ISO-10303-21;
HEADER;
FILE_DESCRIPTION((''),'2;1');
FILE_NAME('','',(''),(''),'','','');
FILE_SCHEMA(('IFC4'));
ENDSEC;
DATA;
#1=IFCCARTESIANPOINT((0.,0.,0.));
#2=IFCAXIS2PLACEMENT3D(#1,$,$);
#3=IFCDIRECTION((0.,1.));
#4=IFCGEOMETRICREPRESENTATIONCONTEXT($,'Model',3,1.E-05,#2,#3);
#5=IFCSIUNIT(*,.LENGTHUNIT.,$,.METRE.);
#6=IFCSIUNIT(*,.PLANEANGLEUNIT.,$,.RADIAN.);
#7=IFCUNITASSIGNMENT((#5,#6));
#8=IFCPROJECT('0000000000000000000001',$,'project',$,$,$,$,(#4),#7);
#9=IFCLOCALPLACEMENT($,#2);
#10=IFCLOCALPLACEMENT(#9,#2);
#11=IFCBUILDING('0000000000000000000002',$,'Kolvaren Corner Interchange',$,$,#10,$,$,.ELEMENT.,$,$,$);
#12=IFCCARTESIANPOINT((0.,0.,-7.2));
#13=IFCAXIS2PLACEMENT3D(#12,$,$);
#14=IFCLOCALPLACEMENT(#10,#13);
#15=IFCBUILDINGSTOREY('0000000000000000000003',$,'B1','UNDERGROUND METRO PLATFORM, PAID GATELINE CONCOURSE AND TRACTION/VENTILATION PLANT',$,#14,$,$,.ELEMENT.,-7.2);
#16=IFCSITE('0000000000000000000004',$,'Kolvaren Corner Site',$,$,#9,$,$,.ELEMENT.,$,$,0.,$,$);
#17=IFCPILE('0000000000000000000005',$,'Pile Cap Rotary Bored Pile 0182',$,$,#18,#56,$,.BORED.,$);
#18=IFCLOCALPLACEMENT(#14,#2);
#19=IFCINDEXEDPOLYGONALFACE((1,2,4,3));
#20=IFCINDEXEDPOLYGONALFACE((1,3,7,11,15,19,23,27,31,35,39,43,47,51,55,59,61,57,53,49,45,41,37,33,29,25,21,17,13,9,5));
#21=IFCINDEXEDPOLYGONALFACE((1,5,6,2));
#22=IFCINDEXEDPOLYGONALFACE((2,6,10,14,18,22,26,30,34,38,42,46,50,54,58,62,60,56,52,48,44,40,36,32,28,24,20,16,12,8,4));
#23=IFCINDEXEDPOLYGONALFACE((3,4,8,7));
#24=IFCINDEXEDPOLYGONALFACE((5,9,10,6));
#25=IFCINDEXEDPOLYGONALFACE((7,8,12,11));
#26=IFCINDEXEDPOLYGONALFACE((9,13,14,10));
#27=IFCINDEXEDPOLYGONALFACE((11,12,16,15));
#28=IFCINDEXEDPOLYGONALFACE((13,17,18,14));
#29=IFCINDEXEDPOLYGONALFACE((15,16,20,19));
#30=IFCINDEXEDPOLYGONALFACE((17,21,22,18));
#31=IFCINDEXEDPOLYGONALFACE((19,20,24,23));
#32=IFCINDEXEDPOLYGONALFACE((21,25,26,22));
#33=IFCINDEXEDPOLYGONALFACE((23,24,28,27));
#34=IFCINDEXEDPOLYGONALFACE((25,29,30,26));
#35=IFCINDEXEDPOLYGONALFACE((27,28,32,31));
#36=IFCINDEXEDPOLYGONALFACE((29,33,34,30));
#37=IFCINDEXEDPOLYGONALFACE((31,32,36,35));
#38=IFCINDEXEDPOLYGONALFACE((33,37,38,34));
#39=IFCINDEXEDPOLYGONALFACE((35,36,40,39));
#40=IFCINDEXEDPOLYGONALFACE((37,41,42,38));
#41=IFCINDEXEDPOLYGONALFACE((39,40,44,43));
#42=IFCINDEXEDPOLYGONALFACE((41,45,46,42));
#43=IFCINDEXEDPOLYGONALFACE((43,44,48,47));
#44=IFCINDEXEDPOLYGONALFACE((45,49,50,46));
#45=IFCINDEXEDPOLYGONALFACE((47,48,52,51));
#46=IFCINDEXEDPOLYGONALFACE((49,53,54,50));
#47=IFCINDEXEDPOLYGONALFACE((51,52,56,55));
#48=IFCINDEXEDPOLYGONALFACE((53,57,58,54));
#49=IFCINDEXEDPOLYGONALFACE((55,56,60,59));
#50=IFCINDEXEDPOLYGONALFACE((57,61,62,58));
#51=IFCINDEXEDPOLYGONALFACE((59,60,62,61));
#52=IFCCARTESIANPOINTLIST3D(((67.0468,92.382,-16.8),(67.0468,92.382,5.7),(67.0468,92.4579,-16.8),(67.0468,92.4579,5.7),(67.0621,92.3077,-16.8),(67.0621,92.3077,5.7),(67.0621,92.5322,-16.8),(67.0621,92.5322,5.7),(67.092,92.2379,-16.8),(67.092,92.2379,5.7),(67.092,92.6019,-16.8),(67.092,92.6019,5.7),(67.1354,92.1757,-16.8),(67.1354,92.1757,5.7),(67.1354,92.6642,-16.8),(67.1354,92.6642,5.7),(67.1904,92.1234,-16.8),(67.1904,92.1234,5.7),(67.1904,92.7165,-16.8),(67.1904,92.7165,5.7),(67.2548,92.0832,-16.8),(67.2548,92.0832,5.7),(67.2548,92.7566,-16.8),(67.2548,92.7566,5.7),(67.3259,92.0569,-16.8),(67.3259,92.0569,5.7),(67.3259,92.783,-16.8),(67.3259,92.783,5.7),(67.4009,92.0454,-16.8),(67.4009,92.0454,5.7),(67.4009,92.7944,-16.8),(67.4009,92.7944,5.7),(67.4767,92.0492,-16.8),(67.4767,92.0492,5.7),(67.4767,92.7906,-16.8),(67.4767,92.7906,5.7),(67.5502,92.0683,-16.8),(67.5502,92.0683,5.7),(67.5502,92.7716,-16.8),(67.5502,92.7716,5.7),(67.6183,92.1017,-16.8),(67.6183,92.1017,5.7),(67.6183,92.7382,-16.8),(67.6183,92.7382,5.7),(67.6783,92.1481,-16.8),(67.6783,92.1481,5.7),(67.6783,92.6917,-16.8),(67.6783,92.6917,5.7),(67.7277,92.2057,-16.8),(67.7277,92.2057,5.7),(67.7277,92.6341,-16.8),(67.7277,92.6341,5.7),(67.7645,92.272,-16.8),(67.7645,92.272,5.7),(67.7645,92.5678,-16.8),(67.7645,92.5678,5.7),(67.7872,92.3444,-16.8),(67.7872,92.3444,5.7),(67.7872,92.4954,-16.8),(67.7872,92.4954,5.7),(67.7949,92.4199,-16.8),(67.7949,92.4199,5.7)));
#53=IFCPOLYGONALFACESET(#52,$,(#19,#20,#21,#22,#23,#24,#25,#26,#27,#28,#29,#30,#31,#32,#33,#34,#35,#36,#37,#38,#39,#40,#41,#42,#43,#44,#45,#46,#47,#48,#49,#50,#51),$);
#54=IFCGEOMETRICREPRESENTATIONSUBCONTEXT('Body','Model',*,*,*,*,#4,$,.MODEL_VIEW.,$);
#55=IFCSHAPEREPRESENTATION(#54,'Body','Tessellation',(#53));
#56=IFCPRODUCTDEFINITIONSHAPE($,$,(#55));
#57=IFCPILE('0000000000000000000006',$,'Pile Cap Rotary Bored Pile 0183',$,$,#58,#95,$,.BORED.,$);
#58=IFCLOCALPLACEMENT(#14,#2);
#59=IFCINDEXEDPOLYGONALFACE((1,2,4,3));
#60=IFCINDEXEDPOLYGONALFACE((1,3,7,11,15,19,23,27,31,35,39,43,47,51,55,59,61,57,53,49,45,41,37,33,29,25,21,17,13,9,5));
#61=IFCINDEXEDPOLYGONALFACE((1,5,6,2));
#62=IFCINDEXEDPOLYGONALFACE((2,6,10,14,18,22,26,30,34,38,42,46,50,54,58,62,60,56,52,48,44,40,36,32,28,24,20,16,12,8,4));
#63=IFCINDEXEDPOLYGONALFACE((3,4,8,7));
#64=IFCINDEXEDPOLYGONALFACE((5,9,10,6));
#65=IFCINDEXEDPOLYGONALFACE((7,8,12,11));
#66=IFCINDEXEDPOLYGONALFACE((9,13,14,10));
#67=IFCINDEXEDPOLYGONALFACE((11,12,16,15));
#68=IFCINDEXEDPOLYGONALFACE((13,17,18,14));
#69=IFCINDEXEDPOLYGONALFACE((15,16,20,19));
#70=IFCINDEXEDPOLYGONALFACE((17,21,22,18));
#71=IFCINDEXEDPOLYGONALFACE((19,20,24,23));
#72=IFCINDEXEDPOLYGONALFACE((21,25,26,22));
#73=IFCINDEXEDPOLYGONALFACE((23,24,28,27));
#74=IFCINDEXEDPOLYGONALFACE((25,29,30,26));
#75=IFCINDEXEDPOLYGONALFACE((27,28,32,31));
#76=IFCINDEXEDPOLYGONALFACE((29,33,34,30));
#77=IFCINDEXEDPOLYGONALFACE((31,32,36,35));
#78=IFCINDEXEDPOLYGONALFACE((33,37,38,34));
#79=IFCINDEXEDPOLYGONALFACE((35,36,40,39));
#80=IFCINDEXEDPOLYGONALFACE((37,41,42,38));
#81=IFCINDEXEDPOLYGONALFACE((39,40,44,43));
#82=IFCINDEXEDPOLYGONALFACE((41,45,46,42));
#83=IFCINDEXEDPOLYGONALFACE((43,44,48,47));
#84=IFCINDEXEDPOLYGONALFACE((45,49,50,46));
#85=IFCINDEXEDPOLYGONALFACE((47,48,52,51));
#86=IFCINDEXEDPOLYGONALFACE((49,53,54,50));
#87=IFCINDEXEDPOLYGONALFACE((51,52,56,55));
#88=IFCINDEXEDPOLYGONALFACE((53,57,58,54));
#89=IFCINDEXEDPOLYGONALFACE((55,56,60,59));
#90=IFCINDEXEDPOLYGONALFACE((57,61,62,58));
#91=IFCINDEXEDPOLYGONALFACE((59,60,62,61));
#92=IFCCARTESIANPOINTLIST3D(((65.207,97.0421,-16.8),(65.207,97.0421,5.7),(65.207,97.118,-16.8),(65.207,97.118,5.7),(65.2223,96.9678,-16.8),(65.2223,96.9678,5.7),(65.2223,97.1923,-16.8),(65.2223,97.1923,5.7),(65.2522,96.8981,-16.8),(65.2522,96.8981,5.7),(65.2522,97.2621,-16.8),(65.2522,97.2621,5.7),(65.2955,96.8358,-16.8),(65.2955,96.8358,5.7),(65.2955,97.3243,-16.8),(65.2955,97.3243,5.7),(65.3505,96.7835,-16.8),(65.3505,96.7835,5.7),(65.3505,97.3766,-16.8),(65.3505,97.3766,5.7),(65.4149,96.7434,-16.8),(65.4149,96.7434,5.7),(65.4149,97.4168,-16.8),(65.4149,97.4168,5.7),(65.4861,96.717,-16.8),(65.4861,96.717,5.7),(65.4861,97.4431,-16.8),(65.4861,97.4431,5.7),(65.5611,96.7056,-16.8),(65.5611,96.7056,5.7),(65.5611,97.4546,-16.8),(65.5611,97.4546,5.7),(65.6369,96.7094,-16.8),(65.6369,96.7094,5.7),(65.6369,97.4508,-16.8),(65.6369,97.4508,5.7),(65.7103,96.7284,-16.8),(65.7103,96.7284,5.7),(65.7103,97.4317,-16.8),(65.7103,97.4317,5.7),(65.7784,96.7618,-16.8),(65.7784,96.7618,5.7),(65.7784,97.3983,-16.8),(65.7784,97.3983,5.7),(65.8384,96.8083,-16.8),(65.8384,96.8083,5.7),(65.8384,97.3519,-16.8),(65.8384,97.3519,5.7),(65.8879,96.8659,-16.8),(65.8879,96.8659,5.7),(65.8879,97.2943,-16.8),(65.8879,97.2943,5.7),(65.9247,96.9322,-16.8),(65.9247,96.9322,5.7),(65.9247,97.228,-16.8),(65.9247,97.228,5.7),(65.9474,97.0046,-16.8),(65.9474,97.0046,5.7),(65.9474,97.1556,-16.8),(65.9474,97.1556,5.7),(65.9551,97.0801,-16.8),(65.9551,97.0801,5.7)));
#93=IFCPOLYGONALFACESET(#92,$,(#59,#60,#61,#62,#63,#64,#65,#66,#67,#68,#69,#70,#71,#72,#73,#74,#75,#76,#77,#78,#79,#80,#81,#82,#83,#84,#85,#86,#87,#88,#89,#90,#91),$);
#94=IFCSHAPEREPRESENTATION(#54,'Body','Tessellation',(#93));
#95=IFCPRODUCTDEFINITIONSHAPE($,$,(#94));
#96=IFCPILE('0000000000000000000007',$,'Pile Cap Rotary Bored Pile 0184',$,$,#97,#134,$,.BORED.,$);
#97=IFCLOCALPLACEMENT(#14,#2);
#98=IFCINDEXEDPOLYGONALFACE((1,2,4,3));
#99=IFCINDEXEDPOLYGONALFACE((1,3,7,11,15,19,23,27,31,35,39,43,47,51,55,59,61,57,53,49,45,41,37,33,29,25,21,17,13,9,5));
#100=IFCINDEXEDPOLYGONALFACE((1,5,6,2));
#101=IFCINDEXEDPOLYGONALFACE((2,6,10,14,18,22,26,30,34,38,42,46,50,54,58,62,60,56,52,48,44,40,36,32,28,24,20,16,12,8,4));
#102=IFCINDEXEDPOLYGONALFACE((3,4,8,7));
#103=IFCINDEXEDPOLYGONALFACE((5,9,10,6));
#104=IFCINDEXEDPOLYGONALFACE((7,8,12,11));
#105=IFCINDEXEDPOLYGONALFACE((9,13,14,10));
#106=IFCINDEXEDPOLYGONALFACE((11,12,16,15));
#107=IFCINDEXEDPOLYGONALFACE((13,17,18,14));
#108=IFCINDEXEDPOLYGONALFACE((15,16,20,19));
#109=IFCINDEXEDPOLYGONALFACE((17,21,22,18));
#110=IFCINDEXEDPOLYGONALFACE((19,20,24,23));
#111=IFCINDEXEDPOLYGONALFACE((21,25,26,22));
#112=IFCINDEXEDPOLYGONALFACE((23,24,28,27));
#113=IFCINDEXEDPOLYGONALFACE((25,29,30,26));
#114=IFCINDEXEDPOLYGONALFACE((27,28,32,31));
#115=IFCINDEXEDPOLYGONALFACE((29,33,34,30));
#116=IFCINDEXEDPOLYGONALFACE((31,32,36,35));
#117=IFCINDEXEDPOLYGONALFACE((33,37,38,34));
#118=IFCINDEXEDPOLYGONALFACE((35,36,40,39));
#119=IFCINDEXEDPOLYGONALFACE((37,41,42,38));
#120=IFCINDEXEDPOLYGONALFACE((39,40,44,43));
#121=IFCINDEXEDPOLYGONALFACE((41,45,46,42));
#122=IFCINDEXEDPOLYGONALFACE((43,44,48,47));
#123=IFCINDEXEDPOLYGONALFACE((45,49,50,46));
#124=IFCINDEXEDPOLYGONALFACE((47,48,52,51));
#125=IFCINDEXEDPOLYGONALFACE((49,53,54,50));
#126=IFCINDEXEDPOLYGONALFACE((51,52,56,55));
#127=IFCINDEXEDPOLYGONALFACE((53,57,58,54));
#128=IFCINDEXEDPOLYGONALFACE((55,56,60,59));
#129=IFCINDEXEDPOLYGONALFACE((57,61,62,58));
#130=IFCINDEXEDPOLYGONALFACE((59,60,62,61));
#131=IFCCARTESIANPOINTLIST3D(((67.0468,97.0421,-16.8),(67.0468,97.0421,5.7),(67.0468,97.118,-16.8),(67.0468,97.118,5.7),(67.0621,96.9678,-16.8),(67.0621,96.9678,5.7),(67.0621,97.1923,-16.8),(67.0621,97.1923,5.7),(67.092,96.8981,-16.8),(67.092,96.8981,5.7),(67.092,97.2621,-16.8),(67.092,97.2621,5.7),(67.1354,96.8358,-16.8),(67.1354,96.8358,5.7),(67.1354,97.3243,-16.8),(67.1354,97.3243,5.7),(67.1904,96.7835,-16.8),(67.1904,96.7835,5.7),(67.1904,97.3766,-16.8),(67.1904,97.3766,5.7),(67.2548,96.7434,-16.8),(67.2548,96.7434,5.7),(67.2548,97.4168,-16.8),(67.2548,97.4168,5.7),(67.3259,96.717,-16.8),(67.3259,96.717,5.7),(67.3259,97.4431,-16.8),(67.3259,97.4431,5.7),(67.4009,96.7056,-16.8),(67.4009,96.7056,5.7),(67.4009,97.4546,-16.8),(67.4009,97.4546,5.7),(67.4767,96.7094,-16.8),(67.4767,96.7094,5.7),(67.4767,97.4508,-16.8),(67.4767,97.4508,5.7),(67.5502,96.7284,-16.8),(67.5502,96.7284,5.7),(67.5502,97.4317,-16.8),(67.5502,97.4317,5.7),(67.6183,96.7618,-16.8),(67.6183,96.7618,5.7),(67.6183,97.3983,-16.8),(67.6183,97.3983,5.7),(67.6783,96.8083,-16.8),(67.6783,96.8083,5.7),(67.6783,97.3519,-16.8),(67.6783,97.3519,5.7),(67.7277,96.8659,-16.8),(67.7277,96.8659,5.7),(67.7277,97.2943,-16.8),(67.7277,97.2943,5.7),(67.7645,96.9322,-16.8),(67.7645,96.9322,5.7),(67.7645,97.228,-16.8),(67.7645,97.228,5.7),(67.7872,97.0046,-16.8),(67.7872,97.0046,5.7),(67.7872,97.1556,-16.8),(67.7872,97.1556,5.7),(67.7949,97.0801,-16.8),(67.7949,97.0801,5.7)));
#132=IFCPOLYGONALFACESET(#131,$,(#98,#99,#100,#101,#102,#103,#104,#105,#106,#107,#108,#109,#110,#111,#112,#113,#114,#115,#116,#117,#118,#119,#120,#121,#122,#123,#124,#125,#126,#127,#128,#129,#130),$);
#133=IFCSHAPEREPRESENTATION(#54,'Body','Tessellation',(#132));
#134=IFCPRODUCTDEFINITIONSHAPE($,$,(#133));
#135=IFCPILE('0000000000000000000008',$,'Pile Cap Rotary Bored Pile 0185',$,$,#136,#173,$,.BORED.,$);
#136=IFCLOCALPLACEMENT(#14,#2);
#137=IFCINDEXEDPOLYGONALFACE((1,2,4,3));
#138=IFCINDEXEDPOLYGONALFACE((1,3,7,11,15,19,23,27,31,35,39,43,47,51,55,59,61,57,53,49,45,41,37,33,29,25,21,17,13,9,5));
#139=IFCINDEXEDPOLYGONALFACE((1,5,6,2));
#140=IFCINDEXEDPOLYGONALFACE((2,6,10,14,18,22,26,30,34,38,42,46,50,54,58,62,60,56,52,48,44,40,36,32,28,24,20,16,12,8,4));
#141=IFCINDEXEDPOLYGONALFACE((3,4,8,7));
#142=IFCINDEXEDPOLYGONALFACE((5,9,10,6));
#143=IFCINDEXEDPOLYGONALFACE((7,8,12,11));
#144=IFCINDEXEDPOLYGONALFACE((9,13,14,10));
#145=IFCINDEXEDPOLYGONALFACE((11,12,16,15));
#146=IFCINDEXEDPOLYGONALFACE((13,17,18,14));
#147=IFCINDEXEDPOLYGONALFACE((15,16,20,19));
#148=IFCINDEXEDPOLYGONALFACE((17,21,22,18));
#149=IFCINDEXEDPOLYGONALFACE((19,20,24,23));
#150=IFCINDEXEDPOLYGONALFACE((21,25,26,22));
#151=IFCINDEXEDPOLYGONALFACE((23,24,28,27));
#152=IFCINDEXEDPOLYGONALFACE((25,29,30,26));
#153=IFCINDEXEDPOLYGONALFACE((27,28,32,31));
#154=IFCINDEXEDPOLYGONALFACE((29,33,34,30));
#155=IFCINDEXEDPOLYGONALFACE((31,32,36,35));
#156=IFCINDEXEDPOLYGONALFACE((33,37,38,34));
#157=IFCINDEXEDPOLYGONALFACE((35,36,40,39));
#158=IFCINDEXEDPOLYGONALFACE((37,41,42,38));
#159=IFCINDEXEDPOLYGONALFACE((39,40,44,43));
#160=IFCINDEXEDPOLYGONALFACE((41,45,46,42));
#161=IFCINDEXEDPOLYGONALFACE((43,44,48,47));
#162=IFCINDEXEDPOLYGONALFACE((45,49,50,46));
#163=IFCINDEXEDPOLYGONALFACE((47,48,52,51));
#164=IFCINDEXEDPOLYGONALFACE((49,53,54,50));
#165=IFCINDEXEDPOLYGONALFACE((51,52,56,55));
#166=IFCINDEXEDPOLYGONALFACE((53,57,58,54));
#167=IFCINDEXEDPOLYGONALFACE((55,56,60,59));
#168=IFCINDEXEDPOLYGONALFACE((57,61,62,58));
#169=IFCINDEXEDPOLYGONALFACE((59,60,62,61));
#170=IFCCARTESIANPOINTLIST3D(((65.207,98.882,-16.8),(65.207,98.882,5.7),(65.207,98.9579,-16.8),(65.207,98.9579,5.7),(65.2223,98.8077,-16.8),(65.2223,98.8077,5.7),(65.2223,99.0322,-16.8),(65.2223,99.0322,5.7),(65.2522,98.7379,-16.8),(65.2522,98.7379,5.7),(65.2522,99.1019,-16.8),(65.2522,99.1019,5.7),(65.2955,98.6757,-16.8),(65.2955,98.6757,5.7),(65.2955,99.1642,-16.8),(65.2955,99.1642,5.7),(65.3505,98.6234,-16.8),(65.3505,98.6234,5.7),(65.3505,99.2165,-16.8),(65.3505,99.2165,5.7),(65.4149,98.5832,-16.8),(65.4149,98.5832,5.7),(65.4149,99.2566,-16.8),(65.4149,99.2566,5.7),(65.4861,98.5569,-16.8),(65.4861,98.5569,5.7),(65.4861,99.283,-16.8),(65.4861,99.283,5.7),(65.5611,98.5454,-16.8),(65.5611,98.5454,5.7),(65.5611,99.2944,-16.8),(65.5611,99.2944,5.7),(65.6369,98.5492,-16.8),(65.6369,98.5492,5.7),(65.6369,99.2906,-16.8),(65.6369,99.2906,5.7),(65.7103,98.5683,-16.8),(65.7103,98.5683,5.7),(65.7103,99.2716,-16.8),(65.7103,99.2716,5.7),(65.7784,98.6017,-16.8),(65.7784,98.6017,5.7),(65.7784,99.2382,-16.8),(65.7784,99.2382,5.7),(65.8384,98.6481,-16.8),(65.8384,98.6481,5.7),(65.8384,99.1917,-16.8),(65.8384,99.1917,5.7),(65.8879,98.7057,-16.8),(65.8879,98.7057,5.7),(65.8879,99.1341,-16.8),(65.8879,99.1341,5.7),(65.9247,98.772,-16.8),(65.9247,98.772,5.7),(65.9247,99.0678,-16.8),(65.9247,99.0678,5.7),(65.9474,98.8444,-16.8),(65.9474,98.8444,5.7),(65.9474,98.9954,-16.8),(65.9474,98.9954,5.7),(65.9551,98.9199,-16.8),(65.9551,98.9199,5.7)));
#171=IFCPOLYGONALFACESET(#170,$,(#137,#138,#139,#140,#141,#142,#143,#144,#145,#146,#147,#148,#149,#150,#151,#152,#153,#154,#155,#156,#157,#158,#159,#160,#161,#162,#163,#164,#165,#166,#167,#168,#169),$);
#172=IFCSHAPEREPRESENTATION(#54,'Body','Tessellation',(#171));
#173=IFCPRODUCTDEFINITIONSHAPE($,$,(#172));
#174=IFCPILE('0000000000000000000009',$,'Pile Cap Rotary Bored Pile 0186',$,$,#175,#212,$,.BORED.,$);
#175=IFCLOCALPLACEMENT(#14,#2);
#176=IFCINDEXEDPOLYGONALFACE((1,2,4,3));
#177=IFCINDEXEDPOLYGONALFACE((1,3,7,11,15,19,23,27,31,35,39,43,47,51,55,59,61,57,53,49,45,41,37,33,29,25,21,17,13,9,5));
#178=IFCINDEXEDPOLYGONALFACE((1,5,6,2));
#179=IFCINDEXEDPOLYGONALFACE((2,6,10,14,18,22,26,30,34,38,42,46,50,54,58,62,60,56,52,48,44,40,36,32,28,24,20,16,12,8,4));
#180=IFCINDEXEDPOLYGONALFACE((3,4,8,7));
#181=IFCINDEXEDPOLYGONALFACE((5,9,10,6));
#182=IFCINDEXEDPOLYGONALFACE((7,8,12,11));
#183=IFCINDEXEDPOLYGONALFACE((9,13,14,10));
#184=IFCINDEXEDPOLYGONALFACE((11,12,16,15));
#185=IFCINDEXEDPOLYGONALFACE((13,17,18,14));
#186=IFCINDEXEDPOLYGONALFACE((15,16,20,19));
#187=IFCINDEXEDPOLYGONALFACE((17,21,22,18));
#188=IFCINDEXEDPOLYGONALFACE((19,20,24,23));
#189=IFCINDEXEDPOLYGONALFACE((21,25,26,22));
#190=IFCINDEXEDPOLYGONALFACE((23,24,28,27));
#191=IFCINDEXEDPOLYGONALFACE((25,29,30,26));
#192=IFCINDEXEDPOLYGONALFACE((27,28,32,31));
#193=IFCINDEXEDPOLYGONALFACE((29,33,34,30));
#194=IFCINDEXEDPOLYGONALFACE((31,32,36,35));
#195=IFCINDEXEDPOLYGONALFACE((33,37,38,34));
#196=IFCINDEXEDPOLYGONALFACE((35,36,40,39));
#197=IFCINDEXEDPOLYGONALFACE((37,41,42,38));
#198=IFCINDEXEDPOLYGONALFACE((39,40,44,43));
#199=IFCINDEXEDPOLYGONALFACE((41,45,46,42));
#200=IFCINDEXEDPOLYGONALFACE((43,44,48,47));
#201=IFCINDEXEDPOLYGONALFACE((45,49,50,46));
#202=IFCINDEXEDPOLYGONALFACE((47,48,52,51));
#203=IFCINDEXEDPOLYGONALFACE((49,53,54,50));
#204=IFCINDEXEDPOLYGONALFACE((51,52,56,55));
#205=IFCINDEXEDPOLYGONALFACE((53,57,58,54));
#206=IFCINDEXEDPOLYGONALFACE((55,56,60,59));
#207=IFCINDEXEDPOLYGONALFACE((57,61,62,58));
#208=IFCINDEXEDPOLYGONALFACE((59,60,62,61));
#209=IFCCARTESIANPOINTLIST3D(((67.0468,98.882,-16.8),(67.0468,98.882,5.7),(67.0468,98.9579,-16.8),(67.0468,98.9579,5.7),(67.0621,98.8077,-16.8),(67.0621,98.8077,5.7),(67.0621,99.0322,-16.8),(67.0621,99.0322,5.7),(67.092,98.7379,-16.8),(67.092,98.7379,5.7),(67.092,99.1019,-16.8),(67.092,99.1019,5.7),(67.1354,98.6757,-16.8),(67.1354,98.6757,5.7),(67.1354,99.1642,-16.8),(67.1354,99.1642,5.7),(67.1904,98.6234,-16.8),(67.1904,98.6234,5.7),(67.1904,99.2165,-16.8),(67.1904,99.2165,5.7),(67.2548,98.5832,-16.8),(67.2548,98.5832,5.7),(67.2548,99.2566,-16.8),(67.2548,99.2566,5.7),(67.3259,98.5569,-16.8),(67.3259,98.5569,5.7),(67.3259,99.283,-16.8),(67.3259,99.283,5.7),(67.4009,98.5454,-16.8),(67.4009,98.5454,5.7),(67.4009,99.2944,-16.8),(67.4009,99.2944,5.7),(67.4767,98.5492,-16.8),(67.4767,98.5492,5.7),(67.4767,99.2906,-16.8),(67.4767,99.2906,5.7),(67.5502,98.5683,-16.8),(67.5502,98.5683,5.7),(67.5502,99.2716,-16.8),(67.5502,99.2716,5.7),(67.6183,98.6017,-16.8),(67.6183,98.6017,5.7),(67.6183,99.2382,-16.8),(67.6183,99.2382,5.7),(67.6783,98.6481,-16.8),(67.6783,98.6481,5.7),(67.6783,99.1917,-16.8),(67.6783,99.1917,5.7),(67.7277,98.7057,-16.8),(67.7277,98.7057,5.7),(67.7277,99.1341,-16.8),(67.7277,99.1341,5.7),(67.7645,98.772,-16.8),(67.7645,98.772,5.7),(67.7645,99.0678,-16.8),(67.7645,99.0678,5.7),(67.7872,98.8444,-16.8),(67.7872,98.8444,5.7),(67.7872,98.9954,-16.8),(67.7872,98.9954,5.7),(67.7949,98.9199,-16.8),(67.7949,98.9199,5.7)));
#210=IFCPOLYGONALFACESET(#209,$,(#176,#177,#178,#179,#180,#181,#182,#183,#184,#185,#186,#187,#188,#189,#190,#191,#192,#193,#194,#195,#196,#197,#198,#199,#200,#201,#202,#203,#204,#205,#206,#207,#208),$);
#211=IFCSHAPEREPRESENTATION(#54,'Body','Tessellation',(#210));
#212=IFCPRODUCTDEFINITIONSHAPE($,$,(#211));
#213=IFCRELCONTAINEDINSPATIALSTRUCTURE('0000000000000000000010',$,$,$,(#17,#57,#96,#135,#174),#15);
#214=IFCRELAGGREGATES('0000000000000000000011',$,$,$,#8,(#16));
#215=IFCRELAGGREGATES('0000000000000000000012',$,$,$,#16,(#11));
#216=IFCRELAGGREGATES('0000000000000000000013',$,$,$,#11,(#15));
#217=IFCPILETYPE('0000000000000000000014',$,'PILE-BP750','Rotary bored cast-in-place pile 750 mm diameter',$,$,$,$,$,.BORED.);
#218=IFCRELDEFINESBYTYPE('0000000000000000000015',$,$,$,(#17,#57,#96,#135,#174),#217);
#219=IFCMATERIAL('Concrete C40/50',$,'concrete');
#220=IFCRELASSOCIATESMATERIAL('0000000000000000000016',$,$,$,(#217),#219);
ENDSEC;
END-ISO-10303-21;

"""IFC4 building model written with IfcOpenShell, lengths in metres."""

from ifc_helpers import new_model, si_unit, direction, frame, origin, origin_2d, place, context, subcontext, project, spatial, circle, extrude, material, material_profile, profile_set, type_object, element, save


model = new_model("IFC4")

# Units and contexts
model_context = context("Model", 3, precision=1e-05, world=origin(), true_north=direction((0.0, 1.0)))
body_context = subcontext(model_context, "Body", "Model", "MODEL_VIEW")
ifc_project = project(units=[si_unit("LENGTHUNIT", "METRE"), si_unit("PLANEANGLEUNIT", "RADIAN")], contexts=[model_context])

# Site, building, storey
site_placement = place(None, origin())
site = spatial("IfcSite", under=ifc_project, at=site_placement, Name="Kolvaren Corner Site", CompositionType="ELEMENT", RefElevation=0.0)
building_placement = place(site_placement, origin())
building = spatial("IfcBuilding", under=site, at=building_placement, Name="Kolvaren Corner Interchange", CompositionType="ELEMENT")
storey_placement = place(building_placement, frame((0.0, 0.0, -7.2)))
storey = spatial("IfcBuildingStorey", under=building, at=storey_placement, Name="B1", Description="UNDERGROUND METRO PLATFORM, PAID GATELINE CONCOURSE AND TRACTION/VENTILATION PLANT", CompositionType="ELEMENT", Elevation=-7.2)

# Piles
ifc_material_1 = material(Name="Concrete C40/50", Category="concrete")
ifc_material_profile_1 = material_profile(ifc_material_1, circle(Radius=0.375, at=origin_2d()), Name="BORED PILE 750")
ifc_profile_set_1 = profile_set([ifc_material_profile_1], Name="Concrete C40/50")
pile_type_1 = type_object("IfcPileType", Name="PILE-BP750", Description="Rotary bored cast-in-place pile 750 mm diameter", PredefinedType="BORED", material=ifc_profile_set_1)
for number, where, z_axis, x_axis, name in (
    (1, (67.4199, 92.4199, 5.7), (0.0, 0.0, -1.0), (1.0, 0.0, 0.0), "Pile Cap Rotary Bored Pile 0182"),
    (2, (65.5801, 97.0801, 5.7), (0.0, 0.0, -1.0), (1.0, 0.0, 0.0), "Pile Cap Rotary Bored Pile 0183"),
    (3, (67.4199, 97.0801, 5.7), (0.0, 0.0, -1.0), (1.0, 0.0, 0.0), "Pile Cap Rotary Bored Pile 0184"),
    (4, (65.5801, 98.9199, 5.7), (0.0, 0.0, -1.0), (1.0, 0.0, 0.0), "Pile Cap Rotary Bored Pile 0185"),
    (5, (67.4199, 98.9199, 5.7), (0.0, 0.0, -1.0), (1.0, 0.0, 0.0), "Pile Cap Rotary Bored Pile 0186"),
):
    element("IfcPile", number, at=place(storey_placement, frame(where, z_axis=z_axis, x_axis=x_axis)), inside=storey, type_object=pile_type_1, Name=name, PredefinedType="BORED", context=body_context, shape_type="SweptSolid", body=[
        extrude(circle(Radius=0.375, at=origin_2d()), origin(), (0.0, 0.0, 1.0), 22.5),
    ])

save(model, "model.ifc")
